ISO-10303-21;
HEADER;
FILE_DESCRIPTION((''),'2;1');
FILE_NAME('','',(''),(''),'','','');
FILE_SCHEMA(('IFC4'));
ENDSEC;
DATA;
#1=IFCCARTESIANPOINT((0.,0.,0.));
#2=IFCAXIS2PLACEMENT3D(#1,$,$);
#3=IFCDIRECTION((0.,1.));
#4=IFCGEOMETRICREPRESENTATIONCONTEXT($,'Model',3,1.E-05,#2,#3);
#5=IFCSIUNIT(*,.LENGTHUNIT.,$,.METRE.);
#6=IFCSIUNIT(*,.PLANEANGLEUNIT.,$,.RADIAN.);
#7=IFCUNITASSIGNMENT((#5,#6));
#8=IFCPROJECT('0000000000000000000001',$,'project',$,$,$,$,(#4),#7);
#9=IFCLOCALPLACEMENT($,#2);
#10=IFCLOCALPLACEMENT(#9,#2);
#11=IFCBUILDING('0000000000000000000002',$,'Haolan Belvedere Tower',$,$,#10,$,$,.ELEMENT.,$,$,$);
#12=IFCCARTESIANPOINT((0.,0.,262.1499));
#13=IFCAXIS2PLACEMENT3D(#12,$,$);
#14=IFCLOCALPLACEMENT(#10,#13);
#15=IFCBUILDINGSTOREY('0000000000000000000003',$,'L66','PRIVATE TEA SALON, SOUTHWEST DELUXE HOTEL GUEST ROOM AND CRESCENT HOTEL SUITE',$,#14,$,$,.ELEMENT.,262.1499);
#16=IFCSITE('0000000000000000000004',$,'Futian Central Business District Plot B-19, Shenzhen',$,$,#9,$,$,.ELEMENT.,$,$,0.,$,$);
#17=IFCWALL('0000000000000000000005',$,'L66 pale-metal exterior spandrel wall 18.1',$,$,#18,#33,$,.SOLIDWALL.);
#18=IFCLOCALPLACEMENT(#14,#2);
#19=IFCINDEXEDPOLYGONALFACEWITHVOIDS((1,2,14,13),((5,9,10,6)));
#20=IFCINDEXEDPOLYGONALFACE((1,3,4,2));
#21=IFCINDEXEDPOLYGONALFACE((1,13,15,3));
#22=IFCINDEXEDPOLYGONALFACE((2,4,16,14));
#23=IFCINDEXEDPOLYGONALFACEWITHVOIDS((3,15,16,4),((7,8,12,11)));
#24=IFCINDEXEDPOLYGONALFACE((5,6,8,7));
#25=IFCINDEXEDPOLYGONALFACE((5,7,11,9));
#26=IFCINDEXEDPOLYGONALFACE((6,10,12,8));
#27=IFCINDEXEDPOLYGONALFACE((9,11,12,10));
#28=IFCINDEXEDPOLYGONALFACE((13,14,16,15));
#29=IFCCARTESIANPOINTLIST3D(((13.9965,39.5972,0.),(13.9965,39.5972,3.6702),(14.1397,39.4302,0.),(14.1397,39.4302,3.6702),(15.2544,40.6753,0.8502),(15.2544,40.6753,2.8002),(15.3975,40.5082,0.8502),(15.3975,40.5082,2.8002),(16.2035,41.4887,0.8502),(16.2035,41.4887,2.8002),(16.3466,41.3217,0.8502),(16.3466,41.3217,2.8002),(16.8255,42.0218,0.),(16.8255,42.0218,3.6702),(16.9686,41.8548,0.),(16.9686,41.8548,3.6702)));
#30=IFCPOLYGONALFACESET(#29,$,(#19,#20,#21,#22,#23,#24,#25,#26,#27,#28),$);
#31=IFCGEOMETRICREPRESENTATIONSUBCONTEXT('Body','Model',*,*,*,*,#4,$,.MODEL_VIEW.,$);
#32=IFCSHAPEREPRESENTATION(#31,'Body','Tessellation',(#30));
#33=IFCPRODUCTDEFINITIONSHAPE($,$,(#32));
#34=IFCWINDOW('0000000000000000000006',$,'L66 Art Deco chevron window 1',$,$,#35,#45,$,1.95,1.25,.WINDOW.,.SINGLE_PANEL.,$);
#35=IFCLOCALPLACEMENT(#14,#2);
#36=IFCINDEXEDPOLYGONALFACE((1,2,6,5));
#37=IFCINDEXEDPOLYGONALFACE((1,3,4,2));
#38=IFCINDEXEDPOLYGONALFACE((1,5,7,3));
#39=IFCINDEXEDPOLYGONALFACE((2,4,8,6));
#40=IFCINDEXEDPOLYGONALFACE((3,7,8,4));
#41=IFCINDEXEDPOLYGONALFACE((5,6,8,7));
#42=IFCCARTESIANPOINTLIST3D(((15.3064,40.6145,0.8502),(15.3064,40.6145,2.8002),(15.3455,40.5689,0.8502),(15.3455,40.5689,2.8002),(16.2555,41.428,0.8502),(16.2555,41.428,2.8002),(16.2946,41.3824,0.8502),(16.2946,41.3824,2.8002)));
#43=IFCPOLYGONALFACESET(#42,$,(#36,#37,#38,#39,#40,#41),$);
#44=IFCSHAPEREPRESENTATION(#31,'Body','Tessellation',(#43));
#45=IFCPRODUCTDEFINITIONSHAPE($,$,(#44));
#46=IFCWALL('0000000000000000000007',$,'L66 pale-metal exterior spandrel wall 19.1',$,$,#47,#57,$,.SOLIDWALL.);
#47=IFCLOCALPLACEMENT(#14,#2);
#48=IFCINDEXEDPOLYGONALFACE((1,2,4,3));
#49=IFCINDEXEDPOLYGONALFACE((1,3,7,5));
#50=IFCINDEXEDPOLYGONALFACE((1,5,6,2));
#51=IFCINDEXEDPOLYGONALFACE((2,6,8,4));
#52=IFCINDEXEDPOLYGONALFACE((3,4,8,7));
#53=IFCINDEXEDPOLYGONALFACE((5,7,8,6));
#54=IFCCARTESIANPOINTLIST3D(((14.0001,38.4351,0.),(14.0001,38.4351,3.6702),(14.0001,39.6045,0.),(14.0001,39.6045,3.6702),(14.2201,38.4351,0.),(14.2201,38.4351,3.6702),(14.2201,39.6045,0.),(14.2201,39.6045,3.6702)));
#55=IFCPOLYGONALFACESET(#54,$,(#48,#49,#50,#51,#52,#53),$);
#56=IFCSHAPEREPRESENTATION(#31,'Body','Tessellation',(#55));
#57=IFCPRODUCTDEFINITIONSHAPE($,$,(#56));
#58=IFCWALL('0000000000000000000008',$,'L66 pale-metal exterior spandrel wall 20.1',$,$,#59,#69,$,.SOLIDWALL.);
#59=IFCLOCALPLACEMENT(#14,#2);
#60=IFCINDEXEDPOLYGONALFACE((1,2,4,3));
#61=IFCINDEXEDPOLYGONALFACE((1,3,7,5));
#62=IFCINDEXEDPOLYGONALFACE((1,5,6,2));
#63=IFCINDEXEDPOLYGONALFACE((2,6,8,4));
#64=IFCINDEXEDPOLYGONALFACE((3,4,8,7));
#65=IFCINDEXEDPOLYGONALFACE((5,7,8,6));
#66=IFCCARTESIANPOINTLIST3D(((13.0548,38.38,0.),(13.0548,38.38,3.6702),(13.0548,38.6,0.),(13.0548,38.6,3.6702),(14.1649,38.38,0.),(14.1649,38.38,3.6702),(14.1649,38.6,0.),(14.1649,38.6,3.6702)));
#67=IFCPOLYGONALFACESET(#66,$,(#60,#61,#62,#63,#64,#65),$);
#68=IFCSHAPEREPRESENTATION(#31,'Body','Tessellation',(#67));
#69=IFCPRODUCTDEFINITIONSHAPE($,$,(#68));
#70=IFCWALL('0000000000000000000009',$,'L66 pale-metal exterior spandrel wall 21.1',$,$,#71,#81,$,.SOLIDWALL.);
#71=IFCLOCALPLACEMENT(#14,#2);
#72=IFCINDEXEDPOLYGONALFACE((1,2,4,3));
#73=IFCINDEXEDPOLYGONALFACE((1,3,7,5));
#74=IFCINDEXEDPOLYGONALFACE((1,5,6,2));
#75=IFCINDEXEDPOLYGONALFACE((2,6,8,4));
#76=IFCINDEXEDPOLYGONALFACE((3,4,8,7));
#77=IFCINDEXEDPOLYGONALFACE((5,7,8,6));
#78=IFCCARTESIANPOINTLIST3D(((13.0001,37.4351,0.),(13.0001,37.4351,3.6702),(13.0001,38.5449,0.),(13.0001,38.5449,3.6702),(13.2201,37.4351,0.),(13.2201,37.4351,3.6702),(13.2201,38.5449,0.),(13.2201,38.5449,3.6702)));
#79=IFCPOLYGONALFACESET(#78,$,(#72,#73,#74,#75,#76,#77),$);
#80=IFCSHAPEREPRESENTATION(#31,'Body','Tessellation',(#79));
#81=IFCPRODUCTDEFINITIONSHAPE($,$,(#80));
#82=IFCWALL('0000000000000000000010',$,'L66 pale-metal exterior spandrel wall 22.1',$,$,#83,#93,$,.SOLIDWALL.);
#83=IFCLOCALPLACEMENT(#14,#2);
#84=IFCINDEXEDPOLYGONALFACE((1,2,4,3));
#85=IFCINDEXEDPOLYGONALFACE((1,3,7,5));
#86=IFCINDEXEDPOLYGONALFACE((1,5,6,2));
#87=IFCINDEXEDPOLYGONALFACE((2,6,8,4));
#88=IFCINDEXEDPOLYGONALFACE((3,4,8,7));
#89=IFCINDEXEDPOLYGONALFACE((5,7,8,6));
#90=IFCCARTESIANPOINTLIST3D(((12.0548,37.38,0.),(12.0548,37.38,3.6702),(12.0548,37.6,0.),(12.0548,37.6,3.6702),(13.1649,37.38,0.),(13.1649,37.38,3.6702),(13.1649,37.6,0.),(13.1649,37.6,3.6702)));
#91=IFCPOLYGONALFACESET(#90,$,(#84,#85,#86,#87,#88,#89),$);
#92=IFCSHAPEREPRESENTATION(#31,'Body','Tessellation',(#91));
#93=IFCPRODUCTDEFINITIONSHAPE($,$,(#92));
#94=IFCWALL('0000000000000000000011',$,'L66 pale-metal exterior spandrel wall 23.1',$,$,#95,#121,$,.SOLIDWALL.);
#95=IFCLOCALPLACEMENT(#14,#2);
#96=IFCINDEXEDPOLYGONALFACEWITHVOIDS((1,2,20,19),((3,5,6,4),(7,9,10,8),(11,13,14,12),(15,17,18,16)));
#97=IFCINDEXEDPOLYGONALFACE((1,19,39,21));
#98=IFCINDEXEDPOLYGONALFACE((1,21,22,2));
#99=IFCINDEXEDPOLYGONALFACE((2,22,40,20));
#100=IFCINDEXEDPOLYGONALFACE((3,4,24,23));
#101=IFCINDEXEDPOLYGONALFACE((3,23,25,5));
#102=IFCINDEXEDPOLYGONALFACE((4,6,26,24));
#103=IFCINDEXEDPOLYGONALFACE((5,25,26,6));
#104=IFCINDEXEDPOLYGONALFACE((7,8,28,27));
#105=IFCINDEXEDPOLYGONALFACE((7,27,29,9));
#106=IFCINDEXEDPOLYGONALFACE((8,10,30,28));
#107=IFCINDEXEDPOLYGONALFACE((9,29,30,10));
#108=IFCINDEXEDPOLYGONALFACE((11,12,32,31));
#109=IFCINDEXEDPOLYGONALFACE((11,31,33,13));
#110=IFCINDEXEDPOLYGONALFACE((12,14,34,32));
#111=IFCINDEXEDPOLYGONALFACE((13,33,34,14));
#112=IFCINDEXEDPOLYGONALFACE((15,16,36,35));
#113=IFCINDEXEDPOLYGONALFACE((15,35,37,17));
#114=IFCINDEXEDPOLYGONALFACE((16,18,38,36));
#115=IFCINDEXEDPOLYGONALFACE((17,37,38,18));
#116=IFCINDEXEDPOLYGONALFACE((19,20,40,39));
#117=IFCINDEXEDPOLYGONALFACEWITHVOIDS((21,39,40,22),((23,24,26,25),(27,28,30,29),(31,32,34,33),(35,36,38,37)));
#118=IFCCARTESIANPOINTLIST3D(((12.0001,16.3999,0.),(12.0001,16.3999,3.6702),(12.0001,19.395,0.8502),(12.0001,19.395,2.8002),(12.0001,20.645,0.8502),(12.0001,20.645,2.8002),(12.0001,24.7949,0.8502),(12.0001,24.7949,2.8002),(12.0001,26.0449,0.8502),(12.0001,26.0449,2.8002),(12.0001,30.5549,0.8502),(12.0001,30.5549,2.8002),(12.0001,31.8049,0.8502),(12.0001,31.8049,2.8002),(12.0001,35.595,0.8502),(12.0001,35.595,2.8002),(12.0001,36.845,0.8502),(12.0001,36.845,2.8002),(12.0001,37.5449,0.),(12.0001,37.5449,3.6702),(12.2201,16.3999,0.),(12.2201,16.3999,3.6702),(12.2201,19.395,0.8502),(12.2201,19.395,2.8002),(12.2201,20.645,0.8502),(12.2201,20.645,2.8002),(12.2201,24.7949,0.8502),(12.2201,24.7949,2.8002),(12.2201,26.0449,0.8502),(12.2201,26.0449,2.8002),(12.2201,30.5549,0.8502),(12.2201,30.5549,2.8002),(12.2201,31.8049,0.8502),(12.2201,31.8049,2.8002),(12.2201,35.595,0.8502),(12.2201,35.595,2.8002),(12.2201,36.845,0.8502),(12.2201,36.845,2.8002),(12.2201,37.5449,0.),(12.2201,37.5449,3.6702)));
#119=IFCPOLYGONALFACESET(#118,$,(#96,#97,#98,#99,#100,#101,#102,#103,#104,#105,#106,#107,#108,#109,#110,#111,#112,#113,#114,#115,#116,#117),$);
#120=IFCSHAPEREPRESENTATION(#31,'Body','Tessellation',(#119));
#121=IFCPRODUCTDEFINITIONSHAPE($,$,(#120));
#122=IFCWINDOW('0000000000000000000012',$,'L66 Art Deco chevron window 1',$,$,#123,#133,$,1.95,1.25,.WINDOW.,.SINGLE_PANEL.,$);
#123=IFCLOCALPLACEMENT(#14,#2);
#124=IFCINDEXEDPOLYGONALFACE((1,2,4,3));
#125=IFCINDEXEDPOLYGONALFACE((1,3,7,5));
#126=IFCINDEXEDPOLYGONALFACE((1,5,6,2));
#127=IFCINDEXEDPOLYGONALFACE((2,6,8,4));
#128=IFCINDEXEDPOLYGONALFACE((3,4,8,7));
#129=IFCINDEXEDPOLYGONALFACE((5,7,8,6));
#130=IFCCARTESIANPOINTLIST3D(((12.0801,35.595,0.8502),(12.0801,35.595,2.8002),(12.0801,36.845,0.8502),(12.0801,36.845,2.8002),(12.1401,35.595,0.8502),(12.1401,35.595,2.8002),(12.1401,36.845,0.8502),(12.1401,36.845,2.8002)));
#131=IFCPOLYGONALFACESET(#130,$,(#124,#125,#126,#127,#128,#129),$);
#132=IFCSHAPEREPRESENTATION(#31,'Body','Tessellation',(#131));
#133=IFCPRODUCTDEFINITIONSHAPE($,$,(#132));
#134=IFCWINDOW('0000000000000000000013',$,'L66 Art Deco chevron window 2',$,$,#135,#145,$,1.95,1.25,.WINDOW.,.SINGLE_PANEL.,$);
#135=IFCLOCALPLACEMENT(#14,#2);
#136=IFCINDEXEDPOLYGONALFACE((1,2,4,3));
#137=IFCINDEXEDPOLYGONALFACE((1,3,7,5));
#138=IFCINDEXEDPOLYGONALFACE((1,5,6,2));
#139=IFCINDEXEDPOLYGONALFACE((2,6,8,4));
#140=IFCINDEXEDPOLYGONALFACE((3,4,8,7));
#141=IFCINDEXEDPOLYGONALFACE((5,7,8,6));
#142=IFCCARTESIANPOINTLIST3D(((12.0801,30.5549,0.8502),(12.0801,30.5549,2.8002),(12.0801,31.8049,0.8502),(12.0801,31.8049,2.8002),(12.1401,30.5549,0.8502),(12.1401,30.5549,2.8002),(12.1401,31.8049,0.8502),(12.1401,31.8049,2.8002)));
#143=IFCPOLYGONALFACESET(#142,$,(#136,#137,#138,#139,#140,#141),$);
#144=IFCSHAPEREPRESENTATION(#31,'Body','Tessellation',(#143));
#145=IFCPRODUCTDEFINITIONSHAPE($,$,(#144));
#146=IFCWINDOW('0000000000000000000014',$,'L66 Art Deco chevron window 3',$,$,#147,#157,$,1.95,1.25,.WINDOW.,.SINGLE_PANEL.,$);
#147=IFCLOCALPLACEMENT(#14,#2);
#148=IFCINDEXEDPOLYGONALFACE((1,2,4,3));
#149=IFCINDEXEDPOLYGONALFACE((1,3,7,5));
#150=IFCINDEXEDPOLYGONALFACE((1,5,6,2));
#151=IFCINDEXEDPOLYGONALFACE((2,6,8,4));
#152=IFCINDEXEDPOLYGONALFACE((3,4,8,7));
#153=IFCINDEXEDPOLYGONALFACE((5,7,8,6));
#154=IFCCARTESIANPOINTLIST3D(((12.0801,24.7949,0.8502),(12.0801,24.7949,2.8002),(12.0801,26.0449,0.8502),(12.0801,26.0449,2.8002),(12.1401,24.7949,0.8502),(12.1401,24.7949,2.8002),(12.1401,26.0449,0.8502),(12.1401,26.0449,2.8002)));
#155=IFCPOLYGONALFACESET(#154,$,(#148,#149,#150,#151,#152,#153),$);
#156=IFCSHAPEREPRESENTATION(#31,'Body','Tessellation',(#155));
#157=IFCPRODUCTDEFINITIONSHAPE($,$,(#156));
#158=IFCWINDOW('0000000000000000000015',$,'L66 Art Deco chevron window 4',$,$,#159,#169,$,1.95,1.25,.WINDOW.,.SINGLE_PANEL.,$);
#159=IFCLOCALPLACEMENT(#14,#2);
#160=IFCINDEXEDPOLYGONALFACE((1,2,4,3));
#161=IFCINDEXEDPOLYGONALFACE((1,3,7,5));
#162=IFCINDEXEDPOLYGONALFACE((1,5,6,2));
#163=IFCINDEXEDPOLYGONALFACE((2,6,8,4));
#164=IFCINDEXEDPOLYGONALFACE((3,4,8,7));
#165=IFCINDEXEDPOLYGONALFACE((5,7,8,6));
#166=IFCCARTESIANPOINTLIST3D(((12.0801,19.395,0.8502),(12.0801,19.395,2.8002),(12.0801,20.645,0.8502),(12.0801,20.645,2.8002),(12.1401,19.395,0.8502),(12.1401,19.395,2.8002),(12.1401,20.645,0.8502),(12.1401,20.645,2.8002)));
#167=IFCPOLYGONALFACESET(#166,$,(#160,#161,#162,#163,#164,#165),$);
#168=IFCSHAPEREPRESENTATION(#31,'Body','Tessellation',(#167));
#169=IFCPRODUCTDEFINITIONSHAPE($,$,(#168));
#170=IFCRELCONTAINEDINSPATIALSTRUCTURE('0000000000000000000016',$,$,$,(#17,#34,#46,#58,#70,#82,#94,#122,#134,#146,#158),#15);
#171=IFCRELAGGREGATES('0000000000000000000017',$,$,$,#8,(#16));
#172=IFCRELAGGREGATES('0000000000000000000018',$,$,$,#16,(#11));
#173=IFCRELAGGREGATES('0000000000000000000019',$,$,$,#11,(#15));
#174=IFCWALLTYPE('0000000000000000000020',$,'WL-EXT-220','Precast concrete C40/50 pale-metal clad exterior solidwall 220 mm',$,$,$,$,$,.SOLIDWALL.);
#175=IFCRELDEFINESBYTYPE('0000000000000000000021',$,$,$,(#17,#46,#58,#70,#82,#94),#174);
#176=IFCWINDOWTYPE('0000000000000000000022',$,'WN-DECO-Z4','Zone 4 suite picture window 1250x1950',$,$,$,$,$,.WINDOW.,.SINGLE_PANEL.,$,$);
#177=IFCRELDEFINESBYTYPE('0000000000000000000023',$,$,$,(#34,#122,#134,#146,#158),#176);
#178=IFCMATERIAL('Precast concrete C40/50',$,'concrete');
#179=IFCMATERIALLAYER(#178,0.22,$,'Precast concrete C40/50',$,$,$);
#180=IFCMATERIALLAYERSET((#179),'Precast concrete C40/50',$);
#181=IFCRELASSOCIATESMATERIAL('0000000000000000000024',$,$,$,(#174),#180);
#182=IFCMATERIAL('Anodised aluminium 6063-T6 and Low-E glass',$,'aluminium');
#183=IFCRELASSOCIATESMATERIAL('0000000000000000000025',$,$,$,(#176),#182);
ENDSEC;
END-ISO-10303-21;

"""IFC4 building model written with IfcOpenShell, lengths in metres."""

from ifc_helpers import new_model, si_unit, direction, frame, frame_2d, origin, place, context, subcontext, project, spatial, rectangle, extrude, material, layer, layer_set, type_object, element, fill, save


model = new_model("IFC4")

# Units and contexts
model_context = context("Model", 3, precision=1e-05, world=origin(), true_north=direction((0.0, 1.0)))
body_context = subcontext(model_context, "Body", "Model", "MODEL_VIEW")
ifc_project = project(units=[si_unit("LENGTHUNIT", "METRE"), si_unit("PLANEANGLEUNIT", "RADIAN")], contexts=[model_context])

# Site, building, storey
site_placement = place(None, origin())
site = spatial("IfcSite", under=ifc_project, at=site_placement, Name="Futian Central Business District Plot B-19, Shenzhen", CompositionType="ELEMENT", RefElevation=0.0)
building_placement = place(site_placement, origin())
building = spatial("IfcBuilding", under=site, at=building_placement, Name="Haolan Belvedere Tower", CompositionType="ELEMENT")
storey_placement = place(building_placement, frame((0.0, 0.0, 262.1499)))
storey = spatial("IfcBuildingStorey", under=building, at=storey_placement, Name="L66", Description="PRIVATE TEA SALON, SOUTHWEST DELUXE HOTEL GUEST ROOM AND CRESCENT HOTEL SUITE", CompositionType="ELEMENT", Elevation=262.1499)

# Shared definitions
ifc_material_1 = material(Name="Precast concrete C40/50", Category="concrete")
ifc_layer_1 = layer(ifc_material_1, 0.22, Name="Precast concrete C40/50")
ifc_layer_set_1 = layer_set([ifc_layer_1], Name="Precast concrete C40/50")
wall_type_1 = type_object("IfcWallType", Name="WL-EXT-220", Description="Precast concrete C40/50 pale-metal clad exterior solidwall 220 mm", PredefinedType="SOLIDWALL", material=ifc_layer_set_1)

# Wall, opening, window
wall_1_placement = place(storey_placement, frame((16.897, 41.9382, 0.0), z_axis=(0.0, 0.0, 1.0), x_axis=(-0.75928, -0.650764, 0.0)))
wall_1 = element("IfcWall", 1, at=wall_1_placement, inside=storey, type_object=wall_type_1, Name="L66 pale-metal exterior spandrel wall 18.1", PredefinedType="SOLIDWALL", context=body_context, shape_type="SweptSolid", body=[
    extrude(rectangle(XDim=3.7258, YDim=0.22, at=frame_2d((1.8628, 0.0))), origin(), (0.0, 0.0, 1.0), 3.6702),
])
opening_1_placement = place(wall_1_placement, frame((0.8191, 0.0, 0.8501)))
opening_1 = element("IfcOpeningElement", 2, at=opening_1_placement, cuts=wall_1, PredefinedType="OPENING", context=body_context, shape_type="SweptSolid", body=[
    extrude(rectangle(XDim=1.25, YDim=1.95, at=frame_2d((0.625, 0.9751))), frame((0.0, 0.1199, 0.0), z_axis=(0.0, -1.0, 0.0), x_axis=(1.0, 0.0, 0.0)), (0.0, 0.0, 1.0), 0.24),
])
ifc_material_2 = material(Name="Anodised aluminium 6063-T6 and Low-E glass", Category="aluminium")
window_type = type_object("IfcWindowType", Name="WN-DECO-Z4", Description="Zone 4 suite picture window 1250x1950", PartitioningType="SINGLE_PANEL", PredefinedType="WINDOW", material=ifc_material_2)
window_1_placement = place(opening_1_placement, origin())
window_1 = element("IfcWindow", 3, at=window_1_placement, inside=storey, type_object=window_type, Name="L66 Art Deco chevron window 1", OverallHeight=1.95, OverallWidth=1.25, PartitioningType="SINGLE_PANEL", PredefinedType="WINDOW", context=body_context, shape_type="SweptSolid", body=[
    extrude(rectangle(XDim=1.25, YDim=1.95, at=frame_2d((0.625, 0.9751))), frame((0.0, 0.03, 0.0), z_axis=(0.0, -1.0, 0.0), x_axis=(1.0, 0.0, 0.0)), (0.0, 0.0, 1.0), 0.0601),
])
fill(opening_1, window_1)

# Walls
wall_2_placement = place(storey_placement, frame((14.1101, 39.6045, 0.0), z_axis=(0.0, 0.0, 1.0), x_axis=(0.0, -1.0, 0.0)))
element("IfcWall", 4, at=wall_2_placement, inside=storey, type_object=wall_type_1, Name="L66 pale-metal exterior spandrel wall 19.1", PredefinedType="SOLIDWALL", context=body_context, shape_type="SweptSolid", body=[
    extrude(rectangle(XDim=1.1694, YDim=0.22, at=frame_2d((0.5847, 0.0))), origin(), (0.0, 0.0, 1.0), 3.6702),
])
wall_3_placement = place(storey_placement, frame((14.165, 38.49, 0.0), z_axis=(0.0, 0.0, 1.0), x_axis=(-1.0, 0.0, 0.0)))
element("IfcWall", 5, at=wall_3_placement, inside=storey, type_object=wall_type_1, Name="L66 pale-metal exterior spandrel wall 20.1", PredefinedType="SOLIDWALL", context=body_context, shape_type="SweptSolid", body=[
    extrude(rectangle(XDim=1.1101, YDim=0.22, at=frame_2d((0.5552, 0.0))), origin(), (0.0, 0.0, 1.0), 3.6702),
])
wall_4_placement = place(storey_placement, frame((13.1101, 38.5449, 0.0), z_axis=(0.0, 0.0, 1.0), x_axis=(0.0, -1.0, 0.0)))
element("IfcWall", 6, at=wall_4_placement, inside=storey, type_object=wall_type_1, Name="L66 pale-metal exterior spandrel wall 21.1", PredefinedType="SOLIDWALL", context=body_context, shape_type="SweptSolid", body=[
    extrude(rectangle(XDim=1.1099, YDim=0.22, at=frame_2d((0.5549, 0.0))), origin(), (0.0, 0.0, 1.0), 3.6702),
])
wall_5_placement = place(storey_placement, frame((13.165, 37.49, 0.0), z_axis=(0.0, 0.0, 1.0), x_axis=(-1.0, 0.0, 0.0)))
element("IfcWall", 7, at=wall_5_placement, inside=storey, type_object=wall_type_1, Name="L66 pale-metal exterior spandrel wall 22.1", PredefinedType="SOLIDWALL", context=body_context, shape_type="SweptSolid", body=[
    extrude(rectangle(XDim=1.1101, YDim=0.22, at=frame_2d((0.5552, 0.0))), origin(), (0.0, 0.0, 1.0), 3.6702),
])

# Wall, openings, windows
wall_6_placement = place(storey_placement, frame((12.1101, 37.5449, 0.0), z_axis=(0.0, 0.0, 1.0), x_axis=(0.0, -1.0, 0.0)))
wall_6 = element("IfcWall", 8, at=wall_6_placement, inside=storey, type_object=wall_type_1, Name="L66 pale-metal exterior spandrel wall 23.1", PredefinedType="SOLIDWALL", context=body_context, shape_type="SweptSolid", body=[
    extrude(rectangle(XDim=21.145, YDim=0.22, at=frame_2d((10.5725, 0.0))), origin(), (0.0, 0.0, 1.0), 3.6702),
])
opening_2_placement = place(wall_6_placement, frame((0.7, 0.0, 0.8501)))
opening_2 = element("IfcOpeningElement", 9, at=opening_2_placement, cuts=wall_6, PredefinedType="OPENING", context=body_context, shape_type="SweptSolid", body=[
    extrude(rectangle(XDim=1.25, YDim=1.95, at=frame_2d((0.625, 0.9751))), frame((0.0, 0.1199, 0.0), z_axis=(0.0, -1.0, 0.0), x_axis=(1.0, 0.0, 0.0)), (0.0, 0.0, 1.0), 0.24),
])
opening_3_placement = place(wall_6_placement, frame((5.74, 0.0, 0.8501)))
opening_3 = element("IfcOpeningElement", 10, at=opening_3_placement, cuts=wall_6, PredefinedType="OPENING", context=body_context, shape_type="SweptSolid", body=[
    extrude(rectangle(XDim=1.25, YDim=1.95, at=frame_2d((0.625, 0.9751))), frame((0.0, 0.1199, 0.0), z_axis=(0.0, -1.0, 0.0), x_axis=(1.0, 0.0, 0.0)), (0.0, 0.0, 1.0), 0.24),
])
opening_4_placement = place(wall_6_placement, frame((11.5, 0.0, 0.8501)))
opening_4 = element("IfcOpeningElement", 11, at=opening_4_placement, cuts=wall_6, PredefinedType="OPENING", context=body_context, shape_type="SweptSolid", body=[
    extrude(rectangle(XDim=1.25, YDim=1.95, at=frame_2d((0.625, 0.9751))), frame((0.0, 0.1199, 0.0), z_axis=(0.0, -1.0, 0.0), x_axis=(1.0, 0.0, 0.0)), (0.0, 0.0, 1.0), 0.24),
])
opening_5_placement = place(wall_6_placement, frame((16.8999, 0.0, 0.8501)))
opening_5 = element("IfcOpeningElement", 12, at=opening_5_placement, cuts=wall_6, PredefinedType="OPENING", context=body_context, shape_type="SweptSolid", body=[
    extrude(rectangle(XDim=1.25, YDim=1.95, at=frame_2d((0.625, 0.9751))), frame((0.0, 0.1199, 0.0), z_axis=(0.0, -1.0, 0.0), x_axis=(1.0, 0.0, 0.0)), (0.0, 0.0, 1.0), 0.24),
])
window_2_placement = place(opening_2_placement, origin())
window_2 = element("IfcWindow", 13, at=window_2_placement, inside=storey, type_object=window_type, Name="L66 Art Deco chevron window 1", OverallHeight=1.95, OverallWidth=1.25, PartitioningType="SINGLE_PANEL", PredefinedType="WINDOW", context=body_context, shape_type="SweptSolid", body=[
    extrude(rectangle(XDim=1.25, YDim=1.95, at=frame_2d((0.625, 0.9751))), frame((0.0, 0.03, 0.0), z_axis=(0.0, -1.0, 0.0), x_axis=(1.0, 0.0, 0.0)), (0.0, 0.0, 1.0), 0.0601),
])
fill(opening_2, window_2)
window_3_placement = place(opening_3_placement, origin())
window_3 = element("IfcWindow", 14, at=window_3_placement, inside=storey, type_object=window_type, Name="L66 Art Deco chevron window 2", OverallHeight=1.95, OverallWidth=1.25, PartitioningType="SINGLE_PANEL", PredefinedType="WINDOW", context=body_context, shape_type="SweptSolid", body=[
    extrude(rectangle(XDim=1.25, YDim=1.95, at=frame_2d((0.625, 0.9751))), frame((0.0, 0.03, 0.0), z_axis=(0.0, -1.0, 0.0), x_axis=(1.0, 0.0, 0.0)), (0.0, 0.0, 1.0), 0.0601),
])
fill(opening_3, window_3)
window_4_placement = place(opening_4_placement, origin())
window_4 = element("IfcWindow", 15, at=window_4_placement, inside=storey, type_object=window_type, Name="L66 Art Deco chevron window 3", OverallHeight=1.95, OverallWidth=1.25, PartitioningType="SINGLE_PANEL", PredefinedType="WINDOW", context=body_context, shape_type="SweptSolid", body=[
    extrude(rectangle(XDim=1.25, YDim=1.95, at=frame_2d((0.625, 0.9751))), frame((0.0, 0.03, 0.0), z_axis=(0.0, -1.0, 0.0), x_axis=(1.0, 0.0, 0.0)), (0.0, 0.0, 1.0), 0.0601),
])
fill(opening_4, window_4)
window_5_placement = place(opening_5_placement, origin())
window_5 = element("IfcWindow", 16, at=window_5_placement, inside=storey, type_object=window_type, Name="L66 Art Deco chevron window 4", OverallHeight=1.95, OverallWidth=1.25, PartitioningType="SINGLE_PANEL", PredefinedType="WINDOW", context=body_context, shape_type="SweptSolid", body=[
    extrude(rectangle(XDim=1.25, YDim=1.95, at=frame_2d((0.625, 0.9751))), frame((0.0, 0.03, 0.0), z_axis=(0.0, -1.0, 0.0), x_axis=(1.0, 0.0, 0.0)), (0.0, 0.0, 1.0), 0.0601),
])
fill(opening_5, window_5)

save(model, "model.ifc")
